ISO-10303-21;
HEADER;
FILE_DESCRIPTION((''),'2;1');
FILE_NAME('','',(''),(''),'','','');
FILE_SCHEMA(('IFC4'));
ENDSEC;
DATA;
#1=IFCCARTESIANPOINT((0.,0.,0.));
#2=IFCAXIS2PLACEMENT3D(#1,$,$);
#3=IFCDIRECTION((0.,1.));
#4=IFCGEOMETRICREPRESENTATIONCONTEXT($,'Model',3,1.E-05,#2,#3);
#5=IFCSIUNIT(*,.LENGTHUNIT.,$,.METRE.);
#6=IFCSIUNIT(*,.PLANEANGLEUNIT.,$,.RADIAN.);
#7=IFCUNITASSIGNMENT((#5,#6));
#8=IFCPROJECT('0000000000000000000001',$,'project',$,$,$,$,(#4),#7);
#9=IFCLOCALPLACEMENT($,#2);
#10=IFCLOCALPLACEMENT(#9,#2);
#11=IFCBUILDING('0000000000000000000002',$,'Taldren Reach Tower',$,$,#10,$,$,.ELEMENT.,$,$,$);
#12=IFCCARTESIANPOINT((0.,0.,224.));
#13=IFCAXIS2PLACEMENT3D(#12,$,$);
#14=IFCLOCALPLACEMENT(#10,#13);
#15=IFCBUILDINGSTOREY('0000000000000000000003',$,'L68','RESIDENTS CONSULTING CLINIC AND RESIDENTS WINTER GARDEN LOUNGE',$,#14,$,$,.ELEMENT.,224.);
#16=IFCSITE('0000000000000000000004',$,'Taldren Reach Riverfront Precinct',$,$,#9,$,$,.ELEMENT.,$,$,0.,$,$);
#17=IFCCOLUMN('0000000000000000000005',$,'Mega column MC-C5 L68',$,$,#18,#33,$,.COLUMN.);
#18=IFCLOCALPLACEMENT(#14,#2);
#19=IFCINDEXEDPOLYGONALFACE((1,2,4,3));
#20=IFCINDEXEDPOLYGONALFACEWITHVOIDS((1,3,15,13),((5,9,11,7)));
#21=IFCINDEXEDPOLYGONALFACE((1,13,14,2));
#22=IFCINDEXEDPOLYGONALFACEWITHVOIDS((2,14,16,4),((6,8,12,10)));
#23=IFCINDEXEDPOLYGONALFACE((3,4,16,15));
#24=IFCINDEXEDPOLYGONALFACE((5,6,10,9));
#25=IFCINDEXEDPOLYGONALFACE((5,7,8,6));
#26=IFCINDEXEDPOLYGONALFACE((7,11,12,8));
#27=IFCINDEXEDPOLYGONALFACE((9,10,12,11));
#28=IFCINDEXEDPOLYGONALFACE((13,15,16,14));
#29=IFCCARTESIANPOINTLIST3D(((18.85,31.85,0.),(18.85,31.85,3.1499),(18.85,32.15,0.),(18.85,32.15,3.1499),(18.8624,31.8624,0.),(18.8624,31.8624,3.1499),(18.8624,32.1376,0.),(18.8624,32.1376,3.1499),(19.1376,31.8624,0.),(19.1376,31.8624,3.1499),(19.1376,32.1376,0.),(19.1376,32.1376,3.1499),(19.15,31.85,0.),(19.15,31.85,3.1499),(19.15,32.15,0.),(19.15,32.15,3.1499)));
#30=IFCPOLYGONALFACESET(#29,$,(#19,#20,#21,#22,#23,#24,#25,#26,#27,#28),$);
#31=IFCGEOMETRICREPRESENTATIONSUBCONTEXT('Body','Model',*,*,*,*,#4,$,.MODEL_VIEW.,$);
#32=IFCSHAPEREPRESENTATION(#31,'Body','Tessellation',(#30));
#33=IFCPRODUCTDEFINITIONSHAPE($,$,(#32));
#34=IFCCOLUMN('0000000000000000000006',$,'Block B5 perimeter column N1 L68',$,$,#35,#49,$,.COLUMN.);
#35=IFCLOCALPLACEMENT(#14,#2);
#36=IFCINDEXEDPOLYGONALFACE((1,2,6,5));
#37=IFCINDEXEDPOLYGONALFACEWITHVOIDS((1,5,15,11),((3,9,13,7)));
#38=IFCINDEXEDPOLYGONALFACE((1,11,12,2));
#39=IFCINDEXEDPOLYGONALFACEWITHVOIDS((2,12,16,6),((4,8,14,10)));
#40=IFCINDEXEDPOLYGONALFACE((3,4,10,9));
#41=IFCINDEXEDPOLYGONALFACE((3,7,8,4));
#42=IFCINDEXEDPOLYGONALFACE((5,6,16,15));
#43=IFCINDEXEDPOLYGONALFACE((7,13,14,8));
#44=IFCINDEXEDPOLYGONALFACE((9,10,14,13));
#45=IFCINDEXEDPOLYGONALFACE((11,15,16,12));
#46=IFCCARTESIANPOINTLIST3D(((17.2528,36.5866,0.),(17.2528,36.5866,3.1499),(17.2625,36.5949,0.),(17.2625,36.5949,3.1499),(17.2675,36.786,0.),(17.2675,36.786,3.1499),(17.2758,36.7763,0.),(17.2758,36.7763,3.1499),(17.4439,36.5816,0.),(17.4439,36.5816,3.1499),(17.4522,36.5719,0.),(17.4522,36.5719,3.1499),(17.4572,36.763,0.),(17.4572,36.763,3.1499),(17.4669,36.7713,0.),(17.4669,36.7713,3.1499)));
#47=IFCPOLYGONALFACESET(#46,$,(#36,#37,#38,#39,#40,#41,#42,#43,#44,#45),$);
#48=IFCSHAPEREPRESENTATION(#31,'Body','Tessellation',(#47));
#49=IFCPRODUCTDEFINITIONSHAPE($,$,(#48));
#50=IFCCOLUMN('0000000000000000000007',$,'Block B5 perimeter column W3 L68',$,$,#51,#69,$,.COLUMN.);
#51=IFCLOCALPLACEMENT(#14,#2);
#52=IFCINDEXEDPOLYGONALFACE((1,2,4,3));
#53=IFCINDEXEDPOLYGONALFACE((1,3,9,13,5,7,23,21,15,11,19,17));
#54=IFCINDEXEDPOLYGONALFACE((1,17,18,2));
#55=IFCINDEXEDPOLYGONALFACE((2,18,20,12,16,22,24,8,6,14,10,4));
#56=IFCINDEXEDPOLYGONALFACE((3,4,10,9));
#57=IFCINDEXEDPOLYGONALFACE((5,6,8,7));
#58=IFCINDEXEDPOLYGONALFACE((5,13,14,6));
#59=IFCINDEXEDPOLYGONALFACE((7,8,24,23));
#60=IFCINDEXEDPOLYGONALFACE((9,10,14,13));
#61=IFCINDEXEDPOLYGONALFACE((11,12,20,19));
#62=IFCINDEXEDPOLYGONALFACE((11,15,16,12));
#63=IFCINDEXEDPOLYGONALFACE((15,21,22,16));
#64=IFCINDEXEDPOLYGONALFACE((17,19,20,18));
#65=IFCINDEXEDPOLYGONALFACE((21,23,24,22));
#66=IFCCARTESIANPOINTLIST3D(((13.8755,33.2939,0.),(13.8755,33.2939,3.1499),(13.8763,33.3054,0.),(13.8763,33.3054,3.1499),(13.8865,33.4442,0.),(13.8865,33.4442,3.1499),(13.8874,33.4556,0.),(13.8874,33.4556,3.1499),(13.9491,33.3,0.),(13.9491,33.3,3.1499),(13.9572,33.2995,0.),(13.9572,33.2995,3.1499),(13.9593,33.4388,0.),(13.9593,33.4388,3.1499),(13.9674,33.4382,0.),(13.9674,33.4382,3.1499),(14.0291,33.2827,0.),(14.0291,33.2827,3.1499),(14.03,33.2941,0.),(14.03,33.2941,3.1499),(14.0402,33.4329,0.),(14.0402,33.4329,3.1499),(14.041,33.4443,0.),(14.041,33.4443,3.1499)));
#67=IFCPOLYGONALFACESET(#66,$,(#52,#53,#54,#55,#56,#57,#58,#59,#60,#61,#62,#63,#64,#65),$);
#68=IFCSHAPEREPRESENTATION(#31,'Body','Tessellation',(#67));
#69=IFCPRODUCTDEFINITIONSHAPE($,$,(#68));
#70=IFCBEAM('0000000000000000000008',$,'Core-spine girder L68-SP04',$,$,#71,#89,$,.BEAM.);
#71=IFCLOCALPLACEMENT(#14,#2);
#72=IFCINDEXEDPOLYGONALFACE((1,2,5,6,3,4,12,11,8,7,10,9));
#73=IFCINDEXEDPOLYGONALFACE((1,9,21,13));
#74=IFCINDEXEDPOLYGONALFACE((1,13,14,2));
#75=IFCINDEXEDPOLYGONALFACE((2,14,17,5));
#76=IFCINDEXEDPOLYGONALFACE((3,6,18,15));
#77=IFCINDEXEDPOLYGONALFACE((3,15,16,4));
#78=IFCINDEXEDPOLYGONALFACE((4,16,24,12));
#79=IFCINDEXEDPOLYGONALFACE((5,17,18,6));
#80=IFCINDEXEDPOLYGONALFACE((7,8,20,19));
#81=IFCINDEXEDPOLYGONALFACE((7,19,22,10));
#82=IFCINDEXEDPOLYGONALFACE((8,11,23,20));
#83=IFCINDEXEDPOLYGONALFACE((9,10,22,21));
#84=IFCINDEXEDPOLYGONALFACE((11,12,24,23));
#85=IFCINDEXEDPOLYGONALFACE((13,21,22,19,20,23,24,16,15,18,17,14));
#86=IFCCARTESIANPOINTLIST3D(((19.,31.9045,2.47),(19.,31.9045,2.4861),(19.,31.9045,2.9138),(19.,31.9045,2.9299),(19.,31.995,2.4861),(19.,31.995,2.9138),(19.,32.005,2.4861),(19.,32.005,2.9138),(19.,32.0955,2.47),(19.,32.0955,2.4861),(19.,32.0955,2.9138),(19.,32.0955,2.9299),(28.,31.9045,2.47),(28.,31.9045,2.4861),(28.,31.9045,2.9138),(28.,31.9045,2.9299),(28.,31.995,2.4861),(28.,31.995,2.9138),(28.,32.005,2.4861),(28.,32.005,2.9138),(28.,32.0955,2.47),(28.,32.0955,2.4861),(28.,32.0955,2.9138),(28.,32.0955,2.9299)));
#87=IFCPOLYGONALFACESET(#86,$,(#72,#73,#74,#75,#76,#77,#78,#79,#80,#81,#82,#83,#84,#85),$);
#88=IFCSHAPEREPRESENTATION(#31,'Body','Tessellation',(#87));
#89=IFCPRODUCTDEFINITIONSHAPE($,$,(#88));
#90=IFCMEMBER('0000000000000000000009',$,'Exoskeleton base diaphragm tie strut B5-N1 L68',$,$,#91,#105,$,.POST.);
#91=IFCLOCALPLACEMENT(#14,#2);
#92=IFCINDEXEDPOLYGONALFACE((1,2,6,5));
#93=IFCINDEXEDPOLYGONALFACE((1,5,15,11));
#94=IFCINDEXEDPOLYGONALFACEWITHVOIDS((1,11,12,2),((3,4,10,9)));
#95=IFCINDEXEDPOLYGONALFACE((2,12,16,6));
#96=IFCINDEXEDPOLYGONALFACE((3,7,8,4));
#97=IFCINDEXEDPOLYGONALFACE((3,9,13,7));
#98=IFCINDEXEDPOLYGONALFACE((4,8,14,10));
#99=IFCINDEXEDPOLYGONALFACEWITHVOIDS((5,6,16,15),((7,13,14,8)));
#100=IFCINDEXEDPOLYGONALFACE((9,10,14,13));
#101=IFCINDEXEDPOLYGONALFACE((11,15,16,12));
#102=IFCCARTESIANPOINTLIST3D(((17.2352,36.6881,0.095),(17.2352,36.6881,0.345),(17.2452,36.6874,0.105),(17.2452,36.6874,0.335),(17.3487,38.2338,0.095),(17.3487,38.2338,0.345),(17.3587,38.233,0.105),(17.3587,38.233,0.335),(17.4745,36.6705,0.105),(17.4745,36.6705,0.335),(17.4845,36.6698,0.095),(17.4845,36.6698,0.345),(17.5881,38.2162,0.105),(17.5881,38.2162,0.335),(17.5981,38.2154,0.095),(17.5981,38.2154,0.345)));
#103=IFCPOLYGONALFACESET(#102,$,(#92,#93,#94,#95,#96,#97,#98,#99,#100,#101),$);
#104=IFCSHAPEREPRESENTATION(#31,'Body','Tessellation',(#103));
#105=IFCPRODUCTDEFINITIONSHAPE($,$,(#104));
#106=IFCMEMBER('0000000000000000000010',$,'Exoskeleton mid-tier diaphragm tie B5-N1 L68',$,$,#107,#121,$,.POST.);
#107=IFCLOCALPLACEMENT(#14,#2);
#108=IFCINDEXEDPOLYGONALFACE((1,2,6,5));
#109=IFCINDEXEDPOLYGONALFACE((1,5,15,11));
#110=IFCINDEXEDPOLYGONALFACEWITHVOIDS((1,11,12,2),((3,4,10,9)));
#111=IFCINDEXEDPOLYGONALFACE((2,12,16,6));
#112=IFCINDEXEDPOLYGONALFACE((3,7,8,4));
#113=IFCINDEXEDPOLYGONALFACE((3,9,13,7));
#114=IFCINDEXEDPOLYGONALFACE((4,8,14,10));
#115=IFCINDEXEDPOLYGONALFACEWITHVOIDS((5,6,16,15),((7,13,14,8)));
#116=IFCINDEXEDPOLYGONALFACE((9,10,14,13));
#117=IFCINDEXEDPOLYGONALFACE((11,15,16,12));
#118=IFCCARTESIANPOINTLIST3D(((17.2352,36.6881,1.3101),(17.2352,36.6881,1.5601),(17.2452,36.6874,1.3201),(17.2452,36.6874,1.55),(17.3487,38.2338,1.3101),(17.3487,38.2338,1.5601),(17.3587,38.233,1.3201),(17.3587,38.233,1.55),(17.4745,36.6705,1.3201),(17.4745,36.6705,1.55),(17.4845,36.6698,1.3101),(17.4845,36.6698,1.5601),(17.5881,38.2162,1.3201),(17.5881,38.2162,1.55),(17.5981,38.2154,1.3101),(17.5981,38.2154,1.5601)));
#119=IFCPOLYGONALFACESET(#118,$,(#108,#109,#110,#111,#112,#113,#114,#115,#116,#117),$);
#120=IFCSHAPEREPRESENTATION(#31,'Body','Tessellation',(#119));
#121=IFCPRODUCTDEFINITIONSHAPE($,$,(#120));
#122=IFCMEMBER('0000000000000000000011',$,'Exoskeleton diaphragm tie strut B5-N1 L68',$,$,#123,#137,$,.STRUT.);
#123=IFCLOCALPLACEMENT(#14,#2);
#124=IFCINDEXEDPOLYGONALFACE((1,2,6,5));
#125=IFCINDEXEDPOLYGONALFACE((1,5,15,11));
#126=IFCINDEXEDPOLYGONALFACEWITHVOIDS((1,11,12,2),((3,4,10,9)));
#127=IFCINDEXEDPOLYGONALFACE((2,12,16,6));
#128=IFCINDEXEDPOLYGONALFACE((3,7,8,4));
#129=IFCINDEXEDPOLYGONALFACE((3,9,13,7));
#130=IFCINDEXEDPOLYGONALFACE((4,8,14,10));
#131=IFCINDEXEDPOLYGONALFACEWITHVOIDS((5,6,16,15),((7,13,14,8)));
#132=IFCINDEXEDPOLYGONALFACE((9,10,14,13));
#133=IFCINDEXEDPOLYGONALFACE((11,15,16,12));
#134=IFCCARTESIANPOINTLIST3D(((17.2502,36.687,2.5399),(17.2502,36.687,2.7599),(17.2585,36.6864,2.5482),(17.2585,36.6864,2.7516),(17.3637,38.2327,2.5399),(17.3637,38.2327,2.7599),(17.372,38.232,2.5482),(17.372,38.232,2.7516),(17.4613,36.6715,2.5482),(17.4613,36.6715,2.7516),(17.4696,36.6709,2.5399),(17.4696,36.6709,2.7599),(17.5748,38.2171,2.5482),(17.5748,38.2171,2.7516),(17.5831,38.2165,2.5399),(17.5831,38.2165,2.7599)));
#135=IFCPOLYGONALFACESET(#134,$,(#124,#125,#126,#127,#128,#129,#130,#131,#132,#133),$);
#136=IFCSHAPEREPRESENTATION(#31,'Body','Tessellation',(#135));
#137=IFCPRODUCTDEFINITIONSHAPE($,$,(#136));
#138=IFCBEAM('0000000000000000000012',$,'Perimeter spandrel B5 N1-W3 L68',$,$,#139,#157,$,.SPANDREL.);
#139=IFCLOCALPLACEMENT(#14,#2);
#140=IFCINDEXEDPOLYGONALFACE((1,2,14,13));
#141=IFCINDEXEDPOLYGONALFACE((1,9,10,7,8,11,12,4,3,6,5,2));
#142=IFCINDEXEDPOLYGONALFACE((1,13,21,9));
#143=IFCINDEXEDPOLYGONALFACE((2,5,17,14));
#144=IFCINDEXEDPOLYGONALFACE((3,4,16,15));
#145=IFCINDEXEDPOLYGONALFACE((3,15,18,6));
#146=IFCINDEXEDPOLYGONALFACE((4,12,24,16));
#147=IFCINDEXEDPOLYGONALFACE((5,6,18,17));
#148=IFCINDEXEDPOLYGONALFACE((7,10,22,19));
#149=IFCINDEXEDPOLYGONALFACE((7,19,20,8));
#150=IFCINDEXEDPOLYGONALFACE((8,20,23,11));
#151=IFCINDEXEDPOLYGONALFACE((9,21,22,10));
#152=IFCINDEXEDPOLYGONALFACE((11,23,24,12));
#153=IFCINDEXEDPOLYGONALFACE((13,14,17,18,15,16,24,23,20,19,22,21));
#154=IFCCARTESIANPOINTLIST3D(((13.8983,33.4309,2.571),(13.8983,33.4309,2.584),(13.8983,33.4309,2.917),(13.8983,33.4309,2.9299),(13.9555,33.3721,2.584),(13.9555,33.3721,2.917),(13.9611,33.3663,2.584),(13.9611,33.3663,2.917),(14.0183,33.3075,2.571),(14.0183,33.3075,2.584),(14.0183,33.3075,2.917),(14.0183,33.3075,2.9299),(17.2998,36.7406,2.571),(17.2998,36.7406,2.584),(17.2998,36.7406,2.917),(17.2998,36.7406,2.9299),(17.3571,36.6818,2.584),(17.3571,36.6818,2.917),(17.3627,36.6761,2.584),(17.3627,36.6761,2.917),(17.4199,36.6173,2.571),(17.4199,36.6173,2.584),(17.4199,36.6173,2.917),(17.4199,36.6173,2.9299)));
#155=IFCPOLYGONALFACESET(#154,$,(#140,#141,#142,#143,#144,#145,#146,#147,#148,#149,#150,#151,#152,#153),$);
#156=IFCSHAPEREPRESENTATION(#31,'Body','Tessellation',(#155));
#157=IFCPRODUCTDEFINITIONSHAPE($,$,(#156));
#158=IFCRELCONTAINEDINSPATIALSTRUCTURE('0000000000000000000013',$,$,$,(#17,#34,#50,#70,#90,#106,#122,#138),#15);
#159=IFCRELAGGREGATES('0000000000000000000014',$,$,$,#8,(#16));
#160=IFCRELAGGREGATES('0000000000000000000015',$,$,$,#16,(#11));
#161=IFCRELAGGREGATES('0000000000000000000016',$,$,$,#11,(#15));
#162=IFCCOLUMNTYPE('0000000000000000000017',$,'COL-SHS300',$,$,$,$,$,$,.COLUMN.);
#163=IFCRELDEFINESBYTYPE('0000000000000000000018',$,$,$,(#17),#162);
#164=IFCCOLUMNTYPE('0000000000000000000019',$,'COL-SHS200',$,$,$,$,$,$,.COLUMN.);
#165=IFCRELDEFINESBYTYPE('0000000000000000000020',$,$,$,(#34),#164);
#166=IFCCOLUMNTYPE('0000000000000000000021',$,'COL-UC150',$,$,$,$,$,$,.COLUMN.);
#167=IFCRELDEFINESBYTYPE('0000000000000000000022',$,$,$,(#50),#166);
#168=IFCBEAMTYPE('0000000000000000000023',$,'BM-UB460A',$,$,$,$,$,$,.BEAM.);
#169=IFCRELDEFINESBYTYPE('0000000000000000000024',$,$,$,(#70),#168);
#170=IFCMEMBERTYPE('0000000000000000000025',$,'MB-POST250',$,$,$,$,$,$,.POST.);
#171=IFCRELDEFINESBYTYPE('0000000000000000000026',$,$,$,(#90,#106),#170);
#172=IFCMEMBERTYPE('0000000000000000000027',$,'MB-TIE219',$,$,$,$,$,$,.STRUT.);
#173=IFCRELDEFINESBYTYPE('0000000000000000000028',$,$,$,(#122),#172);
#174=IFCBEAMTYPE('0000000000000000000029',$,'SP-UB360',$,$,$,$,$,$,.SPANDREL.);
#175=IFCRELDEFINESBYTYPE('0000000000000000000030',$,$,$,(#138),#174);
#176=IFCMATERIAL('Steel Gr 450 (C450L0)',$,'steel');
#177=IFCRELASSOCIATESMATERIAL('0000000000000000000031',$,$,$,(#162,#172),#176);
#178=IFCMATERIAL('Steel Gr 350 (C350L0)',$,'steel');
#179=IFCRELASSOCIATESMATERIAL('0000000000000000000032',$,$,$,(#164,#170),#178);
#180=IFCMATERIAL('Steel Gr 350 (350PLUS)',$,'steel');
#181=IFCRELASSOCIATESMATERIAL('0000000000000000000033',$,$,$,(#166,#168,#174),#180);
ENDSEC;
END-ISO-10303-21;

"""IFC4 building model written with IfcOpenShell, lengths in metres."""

from ifc_helpers import new_model, si_unit, direction, frame, origin, origin_2d, place, context, subcontext, project, spatial, hollow_rectangle, i_section, extrude, source, transform, mapped, material, material_profile, profile_set, type_object, element, save


model = new_model("IFC4")

# Units and contexts
model_context = context("Model", 3, precision=1e-05, world=origin(), true_north=direction((0.0, 1.0)))
body_context = subcontext(model_context, "Body", "Model", "MODEL_VIEW")
ifc_project = project(units=[si_unit("LENGTHUNIT", "METRE"), si_unit("PLANEANGLEUNIT", "RADIAN")], contexts=[model_context])

# Site, building, storey
site_placement = place(None, origin())
site = spatial("IfcSite", under=ifc_project, at=site_placement, Name="Taldren Reach Riverfront Precinct", CompositionType="ELEMENT", RefElevation=0.0)
building_placement = place(site_placement, origin())
building = spatial("IfcBuilding", under=site, at=building_placement, Name="Taldren Reach Tower", CompositionType="ELEMENT")
storey_placement = place(building_placement, frame((0.0, 0.0, 224.0)))
storey = spatial("IfcBuildingStorey", under=building, at=storey_placement, Name="L68", Description="RESIDENTS CONSULTING CLINIC AND RESIDENTS WINTER GARDEN LOUNGE", CompositionType="ELEMENT", Elevation=224.0)

# Columns
ifc_material_1 = material(Name="Steel Gr 450 (C450L0)", Category="steel")
ifc_material_profile_1 = material_profile(ifc_material_1, hollow_rectangle(XDim=0.3, YDim=0.3, WallThickness=0.0125, at=origin_2d()), Name="300x300x12.5SHS")
ifc_profile_set_1 = profile_set([ifc_material_profile_1], Name="Steel Gr 450 (C450L0)")
column_type_1 = type_object("IfcColumnType", Name="COL-SHS300", PredefinedType="COLUMN", material=ifc_profile_set_1)
shared_shape_1 = source(origin(), body_context, "Body", "SweptSolid", [
    extrude(hollow_rectangle(XDim=0.3, YDim=0.3, WallThickness=0.0125, at=origin_2d()), origin(), (0.0, 0.0, 1.0), 3.1499),
])
column_1_placement = place(storey_placement, frame((19.0, 32.0, 0.0), z_axis=(0.0, 0.0, 1.0), x_axis=(1.0, 0.0, 0.0)))
element("IfcColumn", 1, at=column_1_placement, inside=storey, type_object=column_type_1, Name="Mega column MC-C5 L68", PredefinedType="COLUMN", context=body_context, shape_type="MappedRepresentation", body=[
    mapped(shared_shape_1, transform((0.0, 0.0, 0.0), scale=1.0)),
])
ifc_material_2 = material(Name="Steel Gr 350 (C350L0)", Category="steel")
ifc_material_profile_2 = material_profile(ifc_material_2, hollow_rectangle(XDim=0.2, YDim=0.2, WallThickness=0.009, at=origin_2d()), Name="200x200x9.0SHS")
ifc_profile_set_2 = profile_set([ifc_material_profile_2], Name="Steel Gr 350 (C350L0)")
column_type_2 = type_object("IfcColumnType", Name="COL-SHS200", PredefinedType="COLUMN", material=ifc_profile_set_2)
shared_shape_2 = source(origin(), body_context, "Body", "SweptSolid", [
    extrude(hollow_rectangle(XDim=0.2, YDim=0.2, WallThickness=0.009, at=origin_2d()), origin(), (0.0, 0.0, 1.0), 3.1499),
])
column_2_placement = place(storey_placement, frame((17.3599, 36.679, 0.0), z_axis=(0.0, 0.0, 1.0), x_axis=(0.997314, -0.073238, 0.0)))
element("IfcColumn", 2, at=column_2_placement, inside=storey, type_object=column_type_2, Name="Block B5 perimeter column N1 L68", PredefinedType="COLUMN", context=body_context, shape_type="MappedRepresentation", body=[
    mapped(shared_shape_2, transform((0.0, 0.0, 0.0), scale=1.0)),
])
ifc_material_3 = material(Name="Steel Gr 350 (350PLUS)", Category="steel")
ifc_material_profile_3 = material_profile(ifc_material_3, i_section(OverallWidth=0.1541, OverallDepth=0.1621, WebThickness=0.0081, FlangeThickness=0.0115, at=origin_2d()), Name="150UC37.2")
ifc_profile_set_3 = profile_set([ifc_material_profile_3], Name="Steel Gr 350 (350PLUS)")
column_type_3 = type_object("IfcColumnType", Name="COL-UC150", PredefinedType="COLUMN", material=ifc_profile_set_3)
shared_shape_3 = source(origin(), body_context, "Body", "SweptSolid", [
    extrude(i_section(OverallWidth=0.1541, OverallDepth=0.1621, WebThickness=0.0081, FlangeThickness=0.0115, at=origin_2d()), origin(), (0.0, 0.0, 1.0), 3.1499),
])
column_3_placement = place(storey_placement, frame((13.9583, 33.3691, 0.0), z_axis=(0.0, 0.0, 1.0), x_axis=(0.997314, -0.073238, 0.0)))
element("IfcColumn", 3, at=column_3_placement, inside=storey, type_object=column_type_3, Name="Block B5 perimeter column W3 L68", PredefinedType="COLUMN", context=body_context, shape_type="MappedRepresentation", body=[
    mapped(shared_shape_3, transform((0.0, 0.0, 0.0), scale=1.0)),
])

# Beam
ifc_material_profile_4 = material_profile(ifc_material_3, i_section(OverallWidth=0.1909, OverallDepth=0.46, WebThickness=0.01, FlangeThickness=0.0161, at=origin_2d()), Name="460UB82.1")
ifc_profile_set_4 = profile_set([ifc_material_profile_4], Name="Steel Gr 350 (350PLUS)")
beam_type_1 = type_object("IfcBeamType", Name="BM-UB460A", PredefinedType="BEAM", material=ifc_profile_set_4)
shared_shape_4 = source(origin(), body_context, "Body", "SweptSolid", [
    extrude(i_section(OverallWidth=0.1909, OverallDepth=0.46, WebThickness=0.01, FlangeThickness=0.0161, at=origin_2d()), origin(), (0.0, 0.0, 1.0), 9.0),
])
beam_1_placement = place(storey_placement, frame((19.0, 32.0, 2.7), z_axis=(1.0, 0.0, 0.0), x_axis=(0.0, 1.0, 0.0)))
element("IfcBeam", 4, at=beam_1_placement, inside=storey, type_object=beam_type_1, Name="Core-spine girder L68-SP04", PredefinedType="BEAM", context=body_context, shape_type="MappedRepresentation", body=[
    mapped(shared_shape_4, transform((0.0, 0.0, 0.0), scale=1.0)),
])

# Members
ifc_material_profile_5 = material_profile(ifc_material_2, hollow_rectangle(XDim=0.25, YDim=0.25, WallThickness=0.01, at=origin_2d()), Name="250x250x10.0SHS")
ifc_profile_set_5 = profile_set([ifc_material_profile_5], Name="Steel Gr 350 (C350L0)")
member_type_1 = type_object("IfcMemberType", Name="MB-POST250", PredefinedType="POST", material=ifc_profile_set_5)
shared_shape_5 = source(origin(), body_context, "Body", "SweptSolid", [
    extrude(hollow_rectangle(XDim=0.25, YDim=0.25, WallThickness=0.01, at=origin_2d()), origin(), (0.0, 0.0, 1.0), 1.5498),
])
for number, where, z_axis, x_axis, name in (
    (5, (17.3599, 36.679, 0.22), (0.073251, 0.997314, 0.0), (-0.997314, 0.073251, 0.0), "Exoskeleton base diaphragm tie strut B5-N1 L68"),
    (6, (17.3599, 36.679, 1.4351), (0.073251, 0.997314, 0.0), (-0.997314, 0.073251, 0.0), "Exoskeleton mid-tier diaphragm tie B5-N1 L68"),
):
    element("IfcMember", number, at=place(storey_placement, frame(where, z_axis=z_axis, x_axis=x_axis)), inside=storey, type_object=member_type_1, Name=name, PredefinedType="POST", context=body_context, shape_type="MappedRepresentation", body=[
        mapped(shared_shape_5, transform((0.0, 0.0, 0.0), scale=1.0)),
    ])
ifc_material_profile_6 = material_profile(ifc_material_1, hollow_rectangle(XDim=0.22, YDim=0.22, WallThickness=0.0083, at=origin_2d()), Name="220x220x8.2SHS")
ifc_profile_set_6 = profile_set([ifc_material_profile_6], Name="Steel Gr 450 (C450L0)")
member_type_2 = type_object("IfcMemberType", Name="MB-TIE219", PredefinedType="STRUT", material=ifc_profile_set_6)
shared_shape_6 = source(origin(), body_context, "Body", "SweptSolid", [
    extrude(hollow_rectangle(XDim=0.22, YDim=0.22, WallThickness=0.0083, at=origin_2d()), origin(), (0.0, 0.0, 1.0), 1.5498),
])
member_1_placement = place(storey_placement, frame((17.3599, 36.679, 2.6499), z_axis=(0.073251, 0.997314, 0.0), x_axis=(-0.997314, 0.073251, 0.0)))
element("IfcMember", 7, at=member_1_placement, inside=storey, type_object=member_type_2, Name="Exoskeleton diaphragm tie strut B5-N1 L68", PredefinedType="STRUT", context=body_context, shape_type="MappedRepresentation", body=[
    mapped(shared_shape_6, transform((0.0, 0.0, 0.0), scale=1.0)),
])

# Beam
ifc_material_profile_7 = material_profile(ifc_material_3, i_section(OverallWidth=0.1721, OverallDepth=0.3589, WebThickness=0.0081, FlangeThickness=0.0129, at=origin_2d()), Name="360UB56.7")
ifc_profile_set_7 = profile_set([ifc_material_profile_7], Name="Steel Gr 350 (350PLUS)")
beam_type_2 = type_object("IfcBeamType", Name="SP-UB360", PredefinedType="SPANDREL", material=ifc_profile_set_7)
shared_shape_7 = source(origin(), body_context, "Body", "SweptSolid", [
    extrude(i_section(OverallWidth=0.1721, OverallDepth=0.3589, WebThickness=0.0081, FlangeThickness=0.0129, at=origin_2d()), origin(), (0.0, 0.0, 1.0), 4.7461),
])
beam_2_placement = place(storey_placement, frame((17.3599, 36.679, 2.7505), z_axis=(-0.716711, -0.69737, 0.0), x_axis=(0.69737, -0.716711, 0.0)))
element("IfcBeam", 8, at=beam_2_placement, inside=storey, type_object=beam_type_2, Name="Perimeter spandrel B5 N1-W3 L68", PredefinedType="SPANDREL", context=body_context, shape_type="MappedRepresentation", body=[
    mapped(shared_shape_7, transform((0.0, 0.0, 0.0), scale=1.0)),
])

save(model, "model.ifc")
